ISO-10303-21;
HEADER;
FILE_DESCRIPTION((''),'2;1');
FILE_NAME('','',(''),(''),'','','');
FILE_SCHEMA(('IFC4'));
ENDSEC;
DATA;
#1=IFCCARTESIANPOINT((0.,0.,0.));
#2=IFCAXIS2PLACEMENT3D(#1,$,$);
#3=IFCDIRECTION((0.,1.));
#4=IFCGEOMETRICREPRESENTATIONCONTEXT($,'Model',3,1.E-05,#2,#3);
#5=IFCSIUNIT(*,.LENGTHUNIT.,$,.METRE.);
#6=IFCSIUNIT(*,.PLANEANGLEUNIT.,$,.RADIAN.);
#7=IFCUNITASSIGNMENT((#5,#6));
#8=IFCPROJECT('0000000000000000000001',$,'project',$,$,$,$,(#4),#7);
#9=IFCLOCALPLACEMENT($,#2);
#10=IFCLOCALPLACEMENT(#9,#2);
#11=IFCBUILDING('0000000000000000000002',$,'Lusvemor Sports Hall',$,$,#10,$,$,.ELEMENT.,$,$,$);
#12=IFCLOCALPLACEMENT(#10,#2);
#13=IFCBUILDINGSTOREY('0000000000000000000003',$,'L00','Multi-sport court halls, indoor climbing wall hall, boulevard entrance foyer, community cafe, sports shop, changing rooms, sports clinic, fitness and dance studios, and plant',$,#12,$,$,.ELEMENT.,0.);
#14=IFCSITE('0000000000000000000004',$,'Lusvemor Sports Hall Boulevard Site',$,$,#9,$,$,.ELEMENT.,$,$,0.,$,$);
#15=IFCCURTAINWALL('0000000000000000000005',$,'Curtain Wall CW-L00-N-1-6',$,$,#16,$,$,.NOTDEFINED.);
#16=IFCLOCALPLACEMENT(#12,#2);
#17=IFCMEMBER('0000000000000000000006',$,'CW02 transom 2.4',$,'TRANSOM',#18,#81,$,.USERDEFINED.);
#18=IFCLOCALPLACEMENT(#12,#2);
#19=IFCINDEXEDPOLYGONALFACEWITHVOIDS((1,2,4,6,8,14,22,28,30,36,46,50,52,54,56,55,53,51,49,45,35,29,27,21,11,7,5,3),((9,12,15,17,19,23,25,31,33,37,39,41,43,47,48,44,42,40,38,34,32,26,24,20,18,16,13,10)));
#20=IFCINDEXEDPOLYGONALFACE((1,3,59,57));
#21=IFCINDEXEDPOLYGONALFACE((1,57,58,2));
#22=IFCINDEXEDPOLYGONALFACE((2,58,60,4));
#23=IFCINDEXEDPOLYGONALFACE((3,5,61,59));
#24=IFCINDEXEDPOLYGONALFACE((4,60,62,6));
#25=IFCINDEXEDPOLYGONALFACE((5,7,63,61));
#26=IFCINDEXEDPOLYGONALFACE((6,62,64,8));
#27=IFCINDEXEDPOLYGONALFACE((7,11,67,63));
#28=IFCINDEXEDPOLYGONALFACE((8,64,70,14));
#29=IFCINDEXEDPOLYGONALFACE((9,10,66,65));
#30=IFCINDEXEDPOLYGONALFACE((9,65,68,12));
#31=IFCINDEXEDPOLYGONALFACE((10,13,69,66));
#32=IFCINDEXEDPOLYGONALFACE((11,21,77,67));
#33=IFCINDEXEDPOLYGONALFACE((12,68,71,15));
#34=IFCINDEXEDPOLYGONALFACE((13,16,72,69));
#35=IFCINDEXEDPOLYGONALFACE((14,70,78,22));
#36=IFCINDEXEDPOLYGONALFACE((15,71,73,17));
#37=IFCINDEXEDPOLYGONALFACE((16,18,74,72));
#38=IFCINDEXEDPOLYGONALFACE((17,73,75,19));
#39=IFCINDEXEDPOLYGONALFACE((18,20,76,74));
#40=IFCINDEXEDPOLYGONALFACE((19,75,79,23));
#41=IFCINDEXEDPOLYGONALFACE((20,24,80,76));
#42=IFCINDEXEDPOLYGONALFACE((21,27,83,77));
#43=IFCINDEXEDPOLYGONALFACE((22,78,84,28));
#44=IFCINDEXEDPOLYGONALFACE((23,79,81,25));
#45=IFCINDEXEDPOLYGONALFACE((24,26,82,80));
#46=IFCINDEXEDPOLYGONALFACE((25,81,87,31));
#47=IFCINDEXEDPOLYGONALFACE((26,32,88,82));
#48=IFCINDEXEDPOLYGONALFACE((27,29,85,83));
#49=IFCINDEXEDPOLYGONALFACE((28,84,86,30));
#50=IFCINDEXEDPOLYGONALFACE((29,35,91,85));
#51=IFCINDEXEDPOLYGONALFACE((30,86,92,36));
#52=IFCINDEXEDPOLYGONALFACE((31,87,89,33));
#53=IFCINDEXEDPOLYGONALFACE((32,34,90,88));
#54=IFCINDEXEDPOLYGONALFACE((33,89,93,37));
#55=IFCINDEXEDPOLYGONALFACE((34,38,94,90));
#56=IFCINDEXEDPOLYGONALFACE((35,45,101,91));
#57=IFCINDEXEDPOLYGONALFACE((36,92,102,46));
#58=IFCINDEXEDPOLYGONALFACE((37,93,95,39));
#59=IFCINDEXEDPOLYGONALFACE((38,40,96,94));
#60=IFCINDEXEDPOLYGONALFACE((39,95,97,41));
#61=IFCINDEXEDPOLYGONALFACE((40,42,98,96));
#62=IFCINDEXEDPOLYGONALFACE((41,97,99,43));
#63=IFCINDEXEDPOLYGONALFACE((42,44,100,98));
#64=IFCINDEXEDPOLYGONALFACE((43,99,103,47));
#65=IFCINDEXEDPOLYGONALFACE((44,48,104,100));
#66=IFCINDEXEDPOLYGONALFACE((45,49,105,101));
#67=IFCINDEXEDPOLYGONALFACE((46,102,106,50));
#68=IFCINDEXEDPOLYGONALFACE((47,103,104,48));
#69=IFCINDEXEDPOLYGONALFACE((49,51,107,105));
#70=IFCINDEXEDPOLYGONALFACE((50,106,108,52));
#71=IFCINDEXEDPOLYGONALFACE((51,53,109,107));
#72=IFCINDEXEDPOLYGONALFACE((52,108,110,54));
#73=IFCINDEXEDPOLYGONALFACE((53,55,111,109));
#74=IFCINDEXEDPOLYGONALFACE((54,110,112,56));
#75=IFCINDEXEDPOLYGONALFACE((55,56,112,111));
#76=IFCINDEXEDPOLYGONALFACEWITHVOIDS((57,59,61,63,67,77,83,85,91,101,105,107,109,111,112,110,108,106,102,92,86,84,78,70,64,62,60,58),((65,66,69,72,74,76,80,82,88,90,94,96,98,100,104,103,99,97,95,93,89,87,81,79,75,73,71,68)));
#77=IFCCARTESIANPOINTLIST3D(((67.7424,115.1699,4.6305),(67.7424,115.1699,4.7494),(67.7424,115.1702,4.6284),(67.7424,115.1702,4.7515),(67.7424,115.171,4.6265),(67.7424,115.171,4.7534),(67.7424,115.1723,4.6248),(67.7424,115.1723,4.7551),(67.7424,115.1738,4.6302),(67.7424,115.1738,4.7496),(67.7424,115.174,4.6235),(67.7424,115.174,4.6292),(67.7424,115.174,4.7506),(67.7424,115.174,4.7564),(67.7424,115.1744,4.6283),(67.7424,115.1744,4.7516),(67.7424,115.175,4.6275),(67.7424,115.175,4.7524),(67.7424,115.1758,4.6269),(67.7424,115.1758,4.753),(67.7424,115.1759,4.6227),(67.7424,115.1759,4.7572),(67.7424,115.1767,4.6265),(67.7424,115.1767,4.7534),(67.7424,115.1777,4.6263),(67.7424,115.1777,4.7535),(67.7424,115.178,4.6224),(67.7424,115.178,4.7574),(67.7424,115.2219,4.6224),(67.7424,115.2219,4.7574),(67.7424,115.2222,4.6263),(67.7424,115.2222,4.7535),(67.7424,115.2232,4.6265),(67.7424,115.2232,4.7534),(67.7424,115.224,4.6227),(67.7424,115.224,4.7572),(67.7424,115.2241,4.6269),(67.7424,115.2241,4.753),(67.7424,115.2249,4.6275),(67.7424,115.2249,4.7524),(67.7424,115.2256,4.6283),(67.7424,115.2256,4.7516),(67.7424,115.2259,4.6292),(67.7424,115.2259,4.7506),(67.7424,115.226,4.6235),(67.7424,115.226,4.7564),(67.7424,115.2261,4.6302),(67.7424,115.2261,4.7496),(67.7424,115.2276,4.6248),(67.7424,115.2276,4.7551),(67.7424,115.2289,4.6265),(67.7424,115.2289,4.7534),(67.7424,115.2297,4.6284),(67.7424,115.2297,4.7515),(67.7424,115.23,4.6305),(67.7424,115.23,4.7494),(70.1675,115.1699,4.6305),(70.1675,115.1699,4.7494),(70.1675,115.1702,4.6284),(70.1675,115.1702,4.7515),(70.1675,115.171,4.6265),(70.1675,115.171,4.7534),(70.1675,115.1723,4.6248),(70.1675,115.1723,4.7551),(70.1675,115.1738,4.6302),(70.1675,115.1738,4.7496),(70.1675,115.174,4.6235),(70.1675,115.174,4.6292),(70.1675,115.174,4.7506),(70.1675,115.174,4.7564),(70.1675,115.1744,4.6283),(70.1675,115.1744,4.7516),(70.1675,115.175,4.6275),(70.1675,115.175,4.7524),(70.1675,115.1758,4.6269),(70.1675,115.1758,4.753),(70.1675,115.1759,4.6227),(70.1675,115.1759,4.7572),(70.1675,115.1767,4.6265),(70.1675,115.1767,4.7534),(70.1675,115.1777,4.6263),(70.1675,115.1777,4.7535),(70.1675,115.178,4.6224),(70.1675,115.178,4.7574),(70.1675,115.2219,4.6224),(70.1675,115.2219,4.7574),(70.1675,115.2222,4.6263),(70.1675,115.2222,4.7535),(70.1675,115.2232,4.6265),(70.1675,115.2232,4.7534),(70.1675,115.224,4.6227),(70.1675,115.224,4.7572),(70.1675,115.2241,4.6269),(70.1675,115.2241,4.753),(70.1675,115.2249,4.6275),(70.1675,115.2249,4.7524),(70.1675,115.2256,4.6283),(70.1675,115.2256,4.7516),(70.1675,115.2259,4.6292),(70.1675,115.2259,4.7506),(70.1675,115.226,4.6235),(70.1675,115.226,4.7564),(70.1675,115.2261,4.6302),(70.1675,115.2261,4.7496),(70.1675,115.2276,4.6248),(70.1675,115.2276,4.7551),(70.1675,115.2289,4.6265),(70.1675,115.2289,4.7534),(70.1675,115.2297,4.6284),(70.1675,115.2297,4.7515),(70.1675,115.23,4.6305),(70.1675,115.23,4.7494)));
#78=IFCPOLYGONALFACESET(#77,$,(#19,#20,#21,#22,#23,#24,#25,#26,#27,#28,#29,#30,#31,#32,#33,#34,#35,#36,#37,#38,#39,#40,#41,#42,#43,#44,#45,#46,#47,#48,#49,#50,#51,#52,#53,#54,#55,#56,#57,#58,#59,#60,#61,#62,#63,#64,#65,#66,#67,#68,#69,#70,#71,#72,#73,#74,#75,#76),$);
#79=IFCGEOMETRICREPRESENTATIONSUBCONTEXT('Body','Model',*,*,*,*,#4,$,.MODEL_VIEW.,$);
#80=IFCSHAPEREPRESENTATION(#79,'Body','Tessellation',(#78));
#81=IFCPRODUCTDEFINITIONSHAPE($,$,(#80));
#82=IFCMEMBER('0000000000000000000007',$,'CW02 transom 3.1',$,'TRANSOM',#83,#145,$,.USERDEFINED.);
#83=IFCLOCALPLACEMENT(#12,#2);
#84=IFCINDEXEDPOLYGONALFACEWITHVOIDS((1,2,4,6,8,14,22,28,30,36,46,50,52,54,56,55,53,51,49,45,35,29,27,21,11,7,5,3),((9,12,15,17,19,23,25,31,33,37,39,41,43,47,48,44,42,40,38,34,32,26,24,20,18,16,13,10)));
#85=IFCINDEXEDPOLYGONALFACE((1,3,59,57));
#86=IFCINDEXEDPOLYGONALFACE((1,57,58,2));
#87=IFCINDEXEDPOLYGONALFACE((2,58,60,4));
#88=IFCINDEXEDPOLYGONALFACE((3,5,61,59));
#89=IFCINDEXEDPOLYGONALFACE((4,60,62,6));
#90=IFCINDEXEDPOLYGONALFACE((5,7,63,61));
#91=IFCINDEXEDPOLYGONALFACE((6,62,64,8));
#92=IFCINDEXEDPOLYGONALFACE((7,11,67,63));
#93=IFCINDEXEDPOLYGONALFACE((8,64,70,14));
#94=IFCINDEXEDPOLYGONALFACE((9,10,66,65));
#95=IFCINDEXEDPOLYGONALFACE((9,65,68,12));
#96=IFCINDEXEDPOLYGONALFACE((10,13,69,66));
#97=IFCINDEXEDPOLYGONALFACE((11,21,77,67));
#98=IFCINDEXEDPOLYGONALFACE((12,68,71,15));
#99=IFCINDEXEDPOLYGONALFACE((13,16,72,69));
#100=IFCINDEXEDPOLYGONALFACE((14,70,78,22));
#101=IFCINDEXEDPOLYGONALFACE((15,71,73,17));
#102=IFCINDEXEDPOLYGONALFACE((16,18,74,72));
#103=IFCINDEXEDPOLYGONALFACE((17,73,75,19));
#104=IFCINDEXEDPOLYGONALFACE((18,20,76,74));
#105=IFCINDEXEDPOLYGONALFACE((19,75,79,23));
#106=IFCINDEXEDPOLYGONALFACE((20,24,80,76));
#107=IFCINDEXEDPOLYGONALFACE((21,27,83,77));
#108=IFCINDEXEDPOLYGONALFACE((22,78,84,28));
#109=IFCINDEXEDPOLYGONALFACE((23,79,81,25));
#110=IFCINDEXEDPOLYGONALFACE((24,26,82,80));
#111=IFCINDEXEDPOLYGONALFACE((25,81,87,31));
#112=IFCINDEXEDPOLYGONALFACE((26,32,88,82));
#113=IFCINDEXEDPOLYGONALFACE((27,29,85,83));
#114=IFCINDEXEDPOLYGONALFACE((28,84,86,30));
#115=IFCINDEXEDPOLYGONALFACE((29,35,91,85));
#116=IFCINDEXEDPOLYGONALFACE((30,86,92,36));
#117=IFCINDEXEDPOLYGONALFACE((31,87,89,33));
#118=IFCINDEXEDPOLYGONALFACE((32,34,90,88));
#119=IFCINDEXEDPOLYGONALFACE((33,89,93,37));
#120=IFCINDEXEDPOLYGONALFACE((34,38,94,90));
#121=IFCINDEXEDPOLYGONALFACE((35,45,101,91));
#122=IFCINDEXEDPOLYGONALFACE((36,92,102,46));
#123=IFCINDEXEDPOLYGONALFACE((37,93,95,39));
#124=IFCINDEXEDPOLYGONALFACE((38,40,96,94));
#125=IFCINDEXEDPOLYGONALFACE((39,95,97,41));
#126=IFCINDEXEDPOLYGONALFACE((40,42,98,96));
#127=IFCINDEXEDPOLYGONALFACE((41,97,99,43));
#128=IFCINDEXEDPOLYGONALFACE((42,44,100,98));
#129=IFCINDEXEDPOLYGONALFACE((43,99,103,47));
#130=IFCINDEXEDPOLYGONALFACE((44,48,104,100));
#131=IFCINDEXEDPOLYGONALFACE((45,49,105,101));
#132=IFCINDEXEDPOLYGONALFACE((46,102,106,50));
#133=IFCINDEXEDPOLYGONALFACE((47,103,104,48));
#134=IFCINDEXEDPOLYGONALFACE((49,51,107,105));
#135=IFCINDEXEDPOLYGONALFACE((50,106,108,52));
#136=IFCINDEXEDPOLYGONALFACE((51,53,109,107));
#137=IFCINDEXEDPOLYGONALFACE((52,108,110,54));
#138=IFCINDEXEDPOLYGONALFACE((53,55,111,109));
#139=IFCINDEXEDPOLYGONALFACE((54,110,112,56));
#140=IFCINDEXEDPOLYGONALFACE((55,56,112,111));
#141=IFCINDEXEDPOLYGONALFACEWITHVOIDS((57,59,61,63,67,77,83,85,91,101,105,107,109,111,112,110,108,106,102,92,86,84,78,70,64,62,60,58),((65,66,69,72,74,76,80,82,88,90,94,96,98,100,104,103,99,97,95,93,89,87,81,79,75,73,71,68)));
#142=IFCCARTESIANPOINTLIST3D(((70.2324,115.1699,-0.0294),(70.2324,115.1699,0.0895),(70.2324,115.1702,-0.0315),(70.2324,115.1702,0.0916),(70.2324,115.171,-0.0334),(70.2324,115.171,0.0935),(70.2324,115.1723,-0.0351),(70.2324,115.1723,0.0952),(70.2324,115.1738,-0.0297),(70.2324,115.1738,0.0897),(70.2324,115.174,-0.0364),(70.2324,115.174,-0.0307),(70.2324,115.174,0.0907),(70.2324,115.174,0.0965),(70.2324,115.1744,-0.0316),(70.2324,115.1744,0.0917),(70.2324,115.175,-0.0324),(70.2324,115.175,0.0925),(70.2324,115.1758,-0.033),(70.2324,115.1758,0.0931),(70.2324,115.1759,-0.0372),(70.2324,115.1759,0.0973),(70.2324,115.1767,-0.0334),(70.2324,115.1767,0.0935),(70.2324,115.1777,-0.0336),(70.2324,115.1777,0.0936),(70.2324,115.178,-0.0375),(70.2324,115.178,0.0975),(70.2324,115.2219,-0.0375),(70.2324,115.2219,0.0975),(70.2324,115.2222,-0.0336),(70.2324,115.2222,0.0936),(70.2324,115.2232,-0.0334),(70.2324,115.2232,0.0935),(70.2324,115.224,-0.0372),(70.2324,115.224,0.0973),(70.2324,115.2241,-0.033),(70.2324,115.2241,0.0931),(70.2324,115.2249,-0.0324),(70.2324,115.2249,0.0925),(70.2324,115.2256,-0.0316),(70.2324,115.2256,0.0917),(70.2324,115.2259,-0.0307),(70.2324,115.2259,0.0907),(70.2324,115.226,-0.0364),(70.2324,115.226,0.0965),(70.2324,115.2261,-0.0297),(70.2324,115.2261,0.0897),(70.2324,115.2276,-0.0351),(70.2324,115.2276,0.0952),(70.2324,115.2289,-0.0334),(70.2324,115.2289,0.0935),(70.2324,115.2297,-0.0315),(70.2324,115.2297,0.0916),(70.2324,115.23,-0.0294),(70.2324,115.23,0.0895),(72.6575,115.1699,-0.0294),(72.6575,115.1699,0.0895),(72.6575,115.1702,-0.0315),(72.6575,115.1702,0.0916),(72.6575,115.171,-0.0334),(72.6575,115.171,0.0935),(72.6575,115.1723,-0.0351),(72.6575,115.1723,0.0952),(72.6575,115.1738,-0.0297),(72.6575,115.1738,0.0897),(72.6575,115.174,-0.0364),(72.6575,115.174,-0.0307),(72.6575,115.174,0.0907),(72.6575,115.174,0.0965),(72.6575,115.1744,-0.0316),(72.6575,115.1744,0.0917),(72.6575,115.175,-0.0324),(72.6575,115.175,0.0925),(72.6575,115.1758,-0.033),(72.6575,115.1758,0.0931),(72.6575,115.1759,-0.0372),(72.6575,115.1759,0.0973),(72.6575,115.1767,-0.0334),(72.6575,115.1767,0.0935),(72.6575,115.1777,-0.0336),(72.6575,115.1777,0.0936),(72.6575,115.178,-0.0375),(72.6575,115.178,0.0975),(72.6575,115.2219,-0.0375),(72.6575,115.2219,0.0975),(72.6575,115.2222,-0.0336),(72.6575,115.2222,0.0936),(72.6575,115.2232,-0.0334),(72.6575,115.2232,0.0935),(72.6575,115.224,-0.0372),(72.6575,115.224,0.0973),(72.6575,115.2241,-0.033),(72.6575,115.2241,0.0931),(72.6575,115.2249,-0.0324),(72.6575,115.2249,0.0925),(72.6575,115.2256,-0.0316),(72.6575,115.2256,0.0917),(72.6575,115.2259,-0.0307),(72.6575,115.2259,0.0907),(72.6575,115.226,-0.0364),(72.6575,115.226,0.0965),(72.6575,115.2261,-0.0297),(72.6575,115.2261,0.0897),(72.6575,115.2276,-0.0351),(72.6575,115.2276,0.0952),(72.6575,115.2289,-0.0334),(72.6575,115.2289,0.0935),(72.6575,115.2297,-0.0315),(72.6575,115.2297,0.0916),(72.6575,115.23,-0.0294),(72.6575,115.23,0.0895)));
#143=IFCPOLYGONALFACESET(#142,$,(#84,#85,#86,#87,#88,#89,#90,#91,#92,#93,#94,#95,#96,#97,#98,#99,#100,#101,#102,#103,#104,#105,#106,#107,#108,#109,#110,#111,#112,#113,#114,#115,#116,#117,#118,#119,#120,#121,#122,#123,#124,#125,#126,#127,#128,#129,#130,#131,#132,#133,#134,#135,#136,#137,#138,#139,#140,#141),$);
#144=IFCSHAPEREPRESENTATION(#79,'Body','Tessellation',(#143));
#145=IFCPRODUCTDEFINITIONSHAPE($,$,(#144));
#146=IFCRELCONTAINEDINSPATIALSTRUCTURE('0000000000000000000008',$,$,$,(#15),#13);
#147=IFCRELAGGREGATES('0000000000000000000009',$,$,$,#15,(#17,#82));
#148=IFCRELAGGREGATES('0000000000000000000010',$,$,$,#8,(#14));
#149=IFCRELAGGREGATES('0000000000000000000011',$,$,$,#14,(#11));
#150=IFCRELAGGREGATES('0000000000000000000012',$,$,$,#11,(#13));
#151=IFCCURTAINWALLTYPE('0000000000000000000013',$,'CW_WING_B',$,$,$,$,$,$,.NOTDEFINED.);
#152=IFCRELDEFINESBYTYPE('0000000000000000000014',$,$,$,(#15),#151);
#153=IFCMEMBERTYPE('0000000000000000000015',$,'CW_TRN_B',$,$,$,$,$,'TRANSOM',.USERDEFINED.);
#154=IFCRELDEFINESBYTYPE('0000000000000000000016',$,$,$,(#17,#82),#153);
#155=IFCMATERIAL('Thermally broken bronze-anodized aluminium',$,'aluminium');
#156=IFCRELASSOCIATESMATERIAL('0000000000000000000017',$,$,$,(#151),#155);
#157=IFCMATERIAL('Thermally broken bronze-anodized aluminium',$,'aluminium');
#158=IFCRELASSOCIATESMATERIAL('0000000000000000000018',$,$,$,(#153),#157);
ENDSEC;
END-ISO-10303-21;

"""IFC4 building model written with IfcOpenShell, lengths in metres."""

from ifc_helpers import new_model, si_unit, direction, frame, origin, origin_2d, place, context, subcontext, project, spatial, hollow_rectangle, extrude, material, material_profile, profile_set, type_object, element, aggregate, save


model = new_model("IFC4")

# Units and contexts
model_context = context("Model", 3, precision=1e-05, world=origin(), true_north=direction((0.0, 1.0)))
body_context = subcontext(model_context, "Body", "Model", "MODEL_VIEW")
ifc_project = project(units=[si_unit("LENGTHUNIT", "METRE"), si_unit("PLANEANGLEUNIT", "RADIAN")], contexts=[model_context])

# Site, building, storey
site_placement = place(None, origin())
site = spatial("IfcSite", under=ifc_project, at=site_placement, Name="Lusvemor Sports Hall Boulevard Site", CompositionType="ELEMENT", RefElevation=0.0)
building_placement = place(site_placement, origin())
building = spatial("IfcBuilding", under=site, at=building_placement, Name="Lusvemor Sports Hall", CompositionType="ELEMENT")
storey_placement = place(building_placement, origin())
storey = spatial("IfcBuildingStorey", under=building, at=storey_placement, Name="L00", Description="Multi-sport court halls, indoor climbing wall hall, boulevard entrance foyer, community cafe, sports shop, changing rooms, sports clinic, fitness and dance studios, and plant", CompositionType="ELEMENT", Elevation=0.0)

# Curtain wall, members
ifc_material_1 = material(Name="Thermally broken bronze-anodized aluminium", Category="aluminium")
curtain_wall_type = type_object("IfcCurtainWallType", Name="CW_WING_B", PredefinedType="NOTDEFINED", material=ifc_material_1)
curtain_wall_placement = place(storey_placement, origin())
curtain_wall = element("IfcCurtainWall", 1, at=curtain_wall_placement, inside=storey, type_object=curtain_wall_type, Name="Curtain Wall CW-L00-N-1-6", PredefinedType="NOTDEFINED")
ifc_material_2 = material(Name="Thermally broken bronze-anodized aluminium", Category="aluminium")
ifc_material_profile_1 = material_profile(ifc_material_2, hollow_rectangle(XDim=0.0601, YDim=0.135, WallThickness=0.0039, InnerFilletRadius=0.0039, OuterFilletRadius=0.0081, at=origin_2d()), Name="CWTRN135x60x4")
ifc_profile_set_1 = profile_set([ifc_material_profile_1], Name="Thermally broken bronze-anodized aluminium")
member_type_1 = type_object("IfcMemberType", Name="CW_TRN_B", ElementType="TRANSOM", PredefinedType="USERDEFINED", material=ifc_profile_set_1)
member_1_placement = place(storey_placement, frame((67.7424, 115.2, 4.6899), z_axis=(1.0, 0.0, 0.0), x_axis=(0.0, 1.0, 0.0)))
member_1 = element("IfcMember", 2, at=member_1_placement, type_object=member_type_1, Name="CW02 transom 2.4", ObjectType="TRANSOM", PredefinedType="USERDEFINED", context=body_context, shape_type="SweptSolid", body=[
    extrude(hollow_rectangle(XDim=0.0601, YDim=0.135, WallThickness=0.0039, InnerFilletRadius=0.0039, OuterFilletRadius=0.0081, at=origin_2d()), origin(), (0.0, 0.0, 1.0), 2.425),
])
member_2_placement = place(storey_placement, frame((70.2324, 115.2, 0.03), z_axis=(1.0, 0.0, 0.0), x_axis=(0.0, 1.0, 0.0)))
member_2 = element("IfcMember", 3, at=member_2_placement, type_object=member_type_1, Name="CW02 transom 3.1", ObjectType="TRANSOM", PredefinedType="USERDEFINED", context=body_context, shape_type="SweptSolid", body=[
    extrude(hollow_rectangle(XDim=0.0601, YDim=0.135, WallThickness=0.0039, InnerFilletRadius=0.0039, OuterFilletRadius=0.0081, at=origin_2d()), origin(), (0.0, 0.0, 1.0), 2.425),
])
aggregate(curtain_wall, [member_1, member_2])

save(model, "model.ifc")
